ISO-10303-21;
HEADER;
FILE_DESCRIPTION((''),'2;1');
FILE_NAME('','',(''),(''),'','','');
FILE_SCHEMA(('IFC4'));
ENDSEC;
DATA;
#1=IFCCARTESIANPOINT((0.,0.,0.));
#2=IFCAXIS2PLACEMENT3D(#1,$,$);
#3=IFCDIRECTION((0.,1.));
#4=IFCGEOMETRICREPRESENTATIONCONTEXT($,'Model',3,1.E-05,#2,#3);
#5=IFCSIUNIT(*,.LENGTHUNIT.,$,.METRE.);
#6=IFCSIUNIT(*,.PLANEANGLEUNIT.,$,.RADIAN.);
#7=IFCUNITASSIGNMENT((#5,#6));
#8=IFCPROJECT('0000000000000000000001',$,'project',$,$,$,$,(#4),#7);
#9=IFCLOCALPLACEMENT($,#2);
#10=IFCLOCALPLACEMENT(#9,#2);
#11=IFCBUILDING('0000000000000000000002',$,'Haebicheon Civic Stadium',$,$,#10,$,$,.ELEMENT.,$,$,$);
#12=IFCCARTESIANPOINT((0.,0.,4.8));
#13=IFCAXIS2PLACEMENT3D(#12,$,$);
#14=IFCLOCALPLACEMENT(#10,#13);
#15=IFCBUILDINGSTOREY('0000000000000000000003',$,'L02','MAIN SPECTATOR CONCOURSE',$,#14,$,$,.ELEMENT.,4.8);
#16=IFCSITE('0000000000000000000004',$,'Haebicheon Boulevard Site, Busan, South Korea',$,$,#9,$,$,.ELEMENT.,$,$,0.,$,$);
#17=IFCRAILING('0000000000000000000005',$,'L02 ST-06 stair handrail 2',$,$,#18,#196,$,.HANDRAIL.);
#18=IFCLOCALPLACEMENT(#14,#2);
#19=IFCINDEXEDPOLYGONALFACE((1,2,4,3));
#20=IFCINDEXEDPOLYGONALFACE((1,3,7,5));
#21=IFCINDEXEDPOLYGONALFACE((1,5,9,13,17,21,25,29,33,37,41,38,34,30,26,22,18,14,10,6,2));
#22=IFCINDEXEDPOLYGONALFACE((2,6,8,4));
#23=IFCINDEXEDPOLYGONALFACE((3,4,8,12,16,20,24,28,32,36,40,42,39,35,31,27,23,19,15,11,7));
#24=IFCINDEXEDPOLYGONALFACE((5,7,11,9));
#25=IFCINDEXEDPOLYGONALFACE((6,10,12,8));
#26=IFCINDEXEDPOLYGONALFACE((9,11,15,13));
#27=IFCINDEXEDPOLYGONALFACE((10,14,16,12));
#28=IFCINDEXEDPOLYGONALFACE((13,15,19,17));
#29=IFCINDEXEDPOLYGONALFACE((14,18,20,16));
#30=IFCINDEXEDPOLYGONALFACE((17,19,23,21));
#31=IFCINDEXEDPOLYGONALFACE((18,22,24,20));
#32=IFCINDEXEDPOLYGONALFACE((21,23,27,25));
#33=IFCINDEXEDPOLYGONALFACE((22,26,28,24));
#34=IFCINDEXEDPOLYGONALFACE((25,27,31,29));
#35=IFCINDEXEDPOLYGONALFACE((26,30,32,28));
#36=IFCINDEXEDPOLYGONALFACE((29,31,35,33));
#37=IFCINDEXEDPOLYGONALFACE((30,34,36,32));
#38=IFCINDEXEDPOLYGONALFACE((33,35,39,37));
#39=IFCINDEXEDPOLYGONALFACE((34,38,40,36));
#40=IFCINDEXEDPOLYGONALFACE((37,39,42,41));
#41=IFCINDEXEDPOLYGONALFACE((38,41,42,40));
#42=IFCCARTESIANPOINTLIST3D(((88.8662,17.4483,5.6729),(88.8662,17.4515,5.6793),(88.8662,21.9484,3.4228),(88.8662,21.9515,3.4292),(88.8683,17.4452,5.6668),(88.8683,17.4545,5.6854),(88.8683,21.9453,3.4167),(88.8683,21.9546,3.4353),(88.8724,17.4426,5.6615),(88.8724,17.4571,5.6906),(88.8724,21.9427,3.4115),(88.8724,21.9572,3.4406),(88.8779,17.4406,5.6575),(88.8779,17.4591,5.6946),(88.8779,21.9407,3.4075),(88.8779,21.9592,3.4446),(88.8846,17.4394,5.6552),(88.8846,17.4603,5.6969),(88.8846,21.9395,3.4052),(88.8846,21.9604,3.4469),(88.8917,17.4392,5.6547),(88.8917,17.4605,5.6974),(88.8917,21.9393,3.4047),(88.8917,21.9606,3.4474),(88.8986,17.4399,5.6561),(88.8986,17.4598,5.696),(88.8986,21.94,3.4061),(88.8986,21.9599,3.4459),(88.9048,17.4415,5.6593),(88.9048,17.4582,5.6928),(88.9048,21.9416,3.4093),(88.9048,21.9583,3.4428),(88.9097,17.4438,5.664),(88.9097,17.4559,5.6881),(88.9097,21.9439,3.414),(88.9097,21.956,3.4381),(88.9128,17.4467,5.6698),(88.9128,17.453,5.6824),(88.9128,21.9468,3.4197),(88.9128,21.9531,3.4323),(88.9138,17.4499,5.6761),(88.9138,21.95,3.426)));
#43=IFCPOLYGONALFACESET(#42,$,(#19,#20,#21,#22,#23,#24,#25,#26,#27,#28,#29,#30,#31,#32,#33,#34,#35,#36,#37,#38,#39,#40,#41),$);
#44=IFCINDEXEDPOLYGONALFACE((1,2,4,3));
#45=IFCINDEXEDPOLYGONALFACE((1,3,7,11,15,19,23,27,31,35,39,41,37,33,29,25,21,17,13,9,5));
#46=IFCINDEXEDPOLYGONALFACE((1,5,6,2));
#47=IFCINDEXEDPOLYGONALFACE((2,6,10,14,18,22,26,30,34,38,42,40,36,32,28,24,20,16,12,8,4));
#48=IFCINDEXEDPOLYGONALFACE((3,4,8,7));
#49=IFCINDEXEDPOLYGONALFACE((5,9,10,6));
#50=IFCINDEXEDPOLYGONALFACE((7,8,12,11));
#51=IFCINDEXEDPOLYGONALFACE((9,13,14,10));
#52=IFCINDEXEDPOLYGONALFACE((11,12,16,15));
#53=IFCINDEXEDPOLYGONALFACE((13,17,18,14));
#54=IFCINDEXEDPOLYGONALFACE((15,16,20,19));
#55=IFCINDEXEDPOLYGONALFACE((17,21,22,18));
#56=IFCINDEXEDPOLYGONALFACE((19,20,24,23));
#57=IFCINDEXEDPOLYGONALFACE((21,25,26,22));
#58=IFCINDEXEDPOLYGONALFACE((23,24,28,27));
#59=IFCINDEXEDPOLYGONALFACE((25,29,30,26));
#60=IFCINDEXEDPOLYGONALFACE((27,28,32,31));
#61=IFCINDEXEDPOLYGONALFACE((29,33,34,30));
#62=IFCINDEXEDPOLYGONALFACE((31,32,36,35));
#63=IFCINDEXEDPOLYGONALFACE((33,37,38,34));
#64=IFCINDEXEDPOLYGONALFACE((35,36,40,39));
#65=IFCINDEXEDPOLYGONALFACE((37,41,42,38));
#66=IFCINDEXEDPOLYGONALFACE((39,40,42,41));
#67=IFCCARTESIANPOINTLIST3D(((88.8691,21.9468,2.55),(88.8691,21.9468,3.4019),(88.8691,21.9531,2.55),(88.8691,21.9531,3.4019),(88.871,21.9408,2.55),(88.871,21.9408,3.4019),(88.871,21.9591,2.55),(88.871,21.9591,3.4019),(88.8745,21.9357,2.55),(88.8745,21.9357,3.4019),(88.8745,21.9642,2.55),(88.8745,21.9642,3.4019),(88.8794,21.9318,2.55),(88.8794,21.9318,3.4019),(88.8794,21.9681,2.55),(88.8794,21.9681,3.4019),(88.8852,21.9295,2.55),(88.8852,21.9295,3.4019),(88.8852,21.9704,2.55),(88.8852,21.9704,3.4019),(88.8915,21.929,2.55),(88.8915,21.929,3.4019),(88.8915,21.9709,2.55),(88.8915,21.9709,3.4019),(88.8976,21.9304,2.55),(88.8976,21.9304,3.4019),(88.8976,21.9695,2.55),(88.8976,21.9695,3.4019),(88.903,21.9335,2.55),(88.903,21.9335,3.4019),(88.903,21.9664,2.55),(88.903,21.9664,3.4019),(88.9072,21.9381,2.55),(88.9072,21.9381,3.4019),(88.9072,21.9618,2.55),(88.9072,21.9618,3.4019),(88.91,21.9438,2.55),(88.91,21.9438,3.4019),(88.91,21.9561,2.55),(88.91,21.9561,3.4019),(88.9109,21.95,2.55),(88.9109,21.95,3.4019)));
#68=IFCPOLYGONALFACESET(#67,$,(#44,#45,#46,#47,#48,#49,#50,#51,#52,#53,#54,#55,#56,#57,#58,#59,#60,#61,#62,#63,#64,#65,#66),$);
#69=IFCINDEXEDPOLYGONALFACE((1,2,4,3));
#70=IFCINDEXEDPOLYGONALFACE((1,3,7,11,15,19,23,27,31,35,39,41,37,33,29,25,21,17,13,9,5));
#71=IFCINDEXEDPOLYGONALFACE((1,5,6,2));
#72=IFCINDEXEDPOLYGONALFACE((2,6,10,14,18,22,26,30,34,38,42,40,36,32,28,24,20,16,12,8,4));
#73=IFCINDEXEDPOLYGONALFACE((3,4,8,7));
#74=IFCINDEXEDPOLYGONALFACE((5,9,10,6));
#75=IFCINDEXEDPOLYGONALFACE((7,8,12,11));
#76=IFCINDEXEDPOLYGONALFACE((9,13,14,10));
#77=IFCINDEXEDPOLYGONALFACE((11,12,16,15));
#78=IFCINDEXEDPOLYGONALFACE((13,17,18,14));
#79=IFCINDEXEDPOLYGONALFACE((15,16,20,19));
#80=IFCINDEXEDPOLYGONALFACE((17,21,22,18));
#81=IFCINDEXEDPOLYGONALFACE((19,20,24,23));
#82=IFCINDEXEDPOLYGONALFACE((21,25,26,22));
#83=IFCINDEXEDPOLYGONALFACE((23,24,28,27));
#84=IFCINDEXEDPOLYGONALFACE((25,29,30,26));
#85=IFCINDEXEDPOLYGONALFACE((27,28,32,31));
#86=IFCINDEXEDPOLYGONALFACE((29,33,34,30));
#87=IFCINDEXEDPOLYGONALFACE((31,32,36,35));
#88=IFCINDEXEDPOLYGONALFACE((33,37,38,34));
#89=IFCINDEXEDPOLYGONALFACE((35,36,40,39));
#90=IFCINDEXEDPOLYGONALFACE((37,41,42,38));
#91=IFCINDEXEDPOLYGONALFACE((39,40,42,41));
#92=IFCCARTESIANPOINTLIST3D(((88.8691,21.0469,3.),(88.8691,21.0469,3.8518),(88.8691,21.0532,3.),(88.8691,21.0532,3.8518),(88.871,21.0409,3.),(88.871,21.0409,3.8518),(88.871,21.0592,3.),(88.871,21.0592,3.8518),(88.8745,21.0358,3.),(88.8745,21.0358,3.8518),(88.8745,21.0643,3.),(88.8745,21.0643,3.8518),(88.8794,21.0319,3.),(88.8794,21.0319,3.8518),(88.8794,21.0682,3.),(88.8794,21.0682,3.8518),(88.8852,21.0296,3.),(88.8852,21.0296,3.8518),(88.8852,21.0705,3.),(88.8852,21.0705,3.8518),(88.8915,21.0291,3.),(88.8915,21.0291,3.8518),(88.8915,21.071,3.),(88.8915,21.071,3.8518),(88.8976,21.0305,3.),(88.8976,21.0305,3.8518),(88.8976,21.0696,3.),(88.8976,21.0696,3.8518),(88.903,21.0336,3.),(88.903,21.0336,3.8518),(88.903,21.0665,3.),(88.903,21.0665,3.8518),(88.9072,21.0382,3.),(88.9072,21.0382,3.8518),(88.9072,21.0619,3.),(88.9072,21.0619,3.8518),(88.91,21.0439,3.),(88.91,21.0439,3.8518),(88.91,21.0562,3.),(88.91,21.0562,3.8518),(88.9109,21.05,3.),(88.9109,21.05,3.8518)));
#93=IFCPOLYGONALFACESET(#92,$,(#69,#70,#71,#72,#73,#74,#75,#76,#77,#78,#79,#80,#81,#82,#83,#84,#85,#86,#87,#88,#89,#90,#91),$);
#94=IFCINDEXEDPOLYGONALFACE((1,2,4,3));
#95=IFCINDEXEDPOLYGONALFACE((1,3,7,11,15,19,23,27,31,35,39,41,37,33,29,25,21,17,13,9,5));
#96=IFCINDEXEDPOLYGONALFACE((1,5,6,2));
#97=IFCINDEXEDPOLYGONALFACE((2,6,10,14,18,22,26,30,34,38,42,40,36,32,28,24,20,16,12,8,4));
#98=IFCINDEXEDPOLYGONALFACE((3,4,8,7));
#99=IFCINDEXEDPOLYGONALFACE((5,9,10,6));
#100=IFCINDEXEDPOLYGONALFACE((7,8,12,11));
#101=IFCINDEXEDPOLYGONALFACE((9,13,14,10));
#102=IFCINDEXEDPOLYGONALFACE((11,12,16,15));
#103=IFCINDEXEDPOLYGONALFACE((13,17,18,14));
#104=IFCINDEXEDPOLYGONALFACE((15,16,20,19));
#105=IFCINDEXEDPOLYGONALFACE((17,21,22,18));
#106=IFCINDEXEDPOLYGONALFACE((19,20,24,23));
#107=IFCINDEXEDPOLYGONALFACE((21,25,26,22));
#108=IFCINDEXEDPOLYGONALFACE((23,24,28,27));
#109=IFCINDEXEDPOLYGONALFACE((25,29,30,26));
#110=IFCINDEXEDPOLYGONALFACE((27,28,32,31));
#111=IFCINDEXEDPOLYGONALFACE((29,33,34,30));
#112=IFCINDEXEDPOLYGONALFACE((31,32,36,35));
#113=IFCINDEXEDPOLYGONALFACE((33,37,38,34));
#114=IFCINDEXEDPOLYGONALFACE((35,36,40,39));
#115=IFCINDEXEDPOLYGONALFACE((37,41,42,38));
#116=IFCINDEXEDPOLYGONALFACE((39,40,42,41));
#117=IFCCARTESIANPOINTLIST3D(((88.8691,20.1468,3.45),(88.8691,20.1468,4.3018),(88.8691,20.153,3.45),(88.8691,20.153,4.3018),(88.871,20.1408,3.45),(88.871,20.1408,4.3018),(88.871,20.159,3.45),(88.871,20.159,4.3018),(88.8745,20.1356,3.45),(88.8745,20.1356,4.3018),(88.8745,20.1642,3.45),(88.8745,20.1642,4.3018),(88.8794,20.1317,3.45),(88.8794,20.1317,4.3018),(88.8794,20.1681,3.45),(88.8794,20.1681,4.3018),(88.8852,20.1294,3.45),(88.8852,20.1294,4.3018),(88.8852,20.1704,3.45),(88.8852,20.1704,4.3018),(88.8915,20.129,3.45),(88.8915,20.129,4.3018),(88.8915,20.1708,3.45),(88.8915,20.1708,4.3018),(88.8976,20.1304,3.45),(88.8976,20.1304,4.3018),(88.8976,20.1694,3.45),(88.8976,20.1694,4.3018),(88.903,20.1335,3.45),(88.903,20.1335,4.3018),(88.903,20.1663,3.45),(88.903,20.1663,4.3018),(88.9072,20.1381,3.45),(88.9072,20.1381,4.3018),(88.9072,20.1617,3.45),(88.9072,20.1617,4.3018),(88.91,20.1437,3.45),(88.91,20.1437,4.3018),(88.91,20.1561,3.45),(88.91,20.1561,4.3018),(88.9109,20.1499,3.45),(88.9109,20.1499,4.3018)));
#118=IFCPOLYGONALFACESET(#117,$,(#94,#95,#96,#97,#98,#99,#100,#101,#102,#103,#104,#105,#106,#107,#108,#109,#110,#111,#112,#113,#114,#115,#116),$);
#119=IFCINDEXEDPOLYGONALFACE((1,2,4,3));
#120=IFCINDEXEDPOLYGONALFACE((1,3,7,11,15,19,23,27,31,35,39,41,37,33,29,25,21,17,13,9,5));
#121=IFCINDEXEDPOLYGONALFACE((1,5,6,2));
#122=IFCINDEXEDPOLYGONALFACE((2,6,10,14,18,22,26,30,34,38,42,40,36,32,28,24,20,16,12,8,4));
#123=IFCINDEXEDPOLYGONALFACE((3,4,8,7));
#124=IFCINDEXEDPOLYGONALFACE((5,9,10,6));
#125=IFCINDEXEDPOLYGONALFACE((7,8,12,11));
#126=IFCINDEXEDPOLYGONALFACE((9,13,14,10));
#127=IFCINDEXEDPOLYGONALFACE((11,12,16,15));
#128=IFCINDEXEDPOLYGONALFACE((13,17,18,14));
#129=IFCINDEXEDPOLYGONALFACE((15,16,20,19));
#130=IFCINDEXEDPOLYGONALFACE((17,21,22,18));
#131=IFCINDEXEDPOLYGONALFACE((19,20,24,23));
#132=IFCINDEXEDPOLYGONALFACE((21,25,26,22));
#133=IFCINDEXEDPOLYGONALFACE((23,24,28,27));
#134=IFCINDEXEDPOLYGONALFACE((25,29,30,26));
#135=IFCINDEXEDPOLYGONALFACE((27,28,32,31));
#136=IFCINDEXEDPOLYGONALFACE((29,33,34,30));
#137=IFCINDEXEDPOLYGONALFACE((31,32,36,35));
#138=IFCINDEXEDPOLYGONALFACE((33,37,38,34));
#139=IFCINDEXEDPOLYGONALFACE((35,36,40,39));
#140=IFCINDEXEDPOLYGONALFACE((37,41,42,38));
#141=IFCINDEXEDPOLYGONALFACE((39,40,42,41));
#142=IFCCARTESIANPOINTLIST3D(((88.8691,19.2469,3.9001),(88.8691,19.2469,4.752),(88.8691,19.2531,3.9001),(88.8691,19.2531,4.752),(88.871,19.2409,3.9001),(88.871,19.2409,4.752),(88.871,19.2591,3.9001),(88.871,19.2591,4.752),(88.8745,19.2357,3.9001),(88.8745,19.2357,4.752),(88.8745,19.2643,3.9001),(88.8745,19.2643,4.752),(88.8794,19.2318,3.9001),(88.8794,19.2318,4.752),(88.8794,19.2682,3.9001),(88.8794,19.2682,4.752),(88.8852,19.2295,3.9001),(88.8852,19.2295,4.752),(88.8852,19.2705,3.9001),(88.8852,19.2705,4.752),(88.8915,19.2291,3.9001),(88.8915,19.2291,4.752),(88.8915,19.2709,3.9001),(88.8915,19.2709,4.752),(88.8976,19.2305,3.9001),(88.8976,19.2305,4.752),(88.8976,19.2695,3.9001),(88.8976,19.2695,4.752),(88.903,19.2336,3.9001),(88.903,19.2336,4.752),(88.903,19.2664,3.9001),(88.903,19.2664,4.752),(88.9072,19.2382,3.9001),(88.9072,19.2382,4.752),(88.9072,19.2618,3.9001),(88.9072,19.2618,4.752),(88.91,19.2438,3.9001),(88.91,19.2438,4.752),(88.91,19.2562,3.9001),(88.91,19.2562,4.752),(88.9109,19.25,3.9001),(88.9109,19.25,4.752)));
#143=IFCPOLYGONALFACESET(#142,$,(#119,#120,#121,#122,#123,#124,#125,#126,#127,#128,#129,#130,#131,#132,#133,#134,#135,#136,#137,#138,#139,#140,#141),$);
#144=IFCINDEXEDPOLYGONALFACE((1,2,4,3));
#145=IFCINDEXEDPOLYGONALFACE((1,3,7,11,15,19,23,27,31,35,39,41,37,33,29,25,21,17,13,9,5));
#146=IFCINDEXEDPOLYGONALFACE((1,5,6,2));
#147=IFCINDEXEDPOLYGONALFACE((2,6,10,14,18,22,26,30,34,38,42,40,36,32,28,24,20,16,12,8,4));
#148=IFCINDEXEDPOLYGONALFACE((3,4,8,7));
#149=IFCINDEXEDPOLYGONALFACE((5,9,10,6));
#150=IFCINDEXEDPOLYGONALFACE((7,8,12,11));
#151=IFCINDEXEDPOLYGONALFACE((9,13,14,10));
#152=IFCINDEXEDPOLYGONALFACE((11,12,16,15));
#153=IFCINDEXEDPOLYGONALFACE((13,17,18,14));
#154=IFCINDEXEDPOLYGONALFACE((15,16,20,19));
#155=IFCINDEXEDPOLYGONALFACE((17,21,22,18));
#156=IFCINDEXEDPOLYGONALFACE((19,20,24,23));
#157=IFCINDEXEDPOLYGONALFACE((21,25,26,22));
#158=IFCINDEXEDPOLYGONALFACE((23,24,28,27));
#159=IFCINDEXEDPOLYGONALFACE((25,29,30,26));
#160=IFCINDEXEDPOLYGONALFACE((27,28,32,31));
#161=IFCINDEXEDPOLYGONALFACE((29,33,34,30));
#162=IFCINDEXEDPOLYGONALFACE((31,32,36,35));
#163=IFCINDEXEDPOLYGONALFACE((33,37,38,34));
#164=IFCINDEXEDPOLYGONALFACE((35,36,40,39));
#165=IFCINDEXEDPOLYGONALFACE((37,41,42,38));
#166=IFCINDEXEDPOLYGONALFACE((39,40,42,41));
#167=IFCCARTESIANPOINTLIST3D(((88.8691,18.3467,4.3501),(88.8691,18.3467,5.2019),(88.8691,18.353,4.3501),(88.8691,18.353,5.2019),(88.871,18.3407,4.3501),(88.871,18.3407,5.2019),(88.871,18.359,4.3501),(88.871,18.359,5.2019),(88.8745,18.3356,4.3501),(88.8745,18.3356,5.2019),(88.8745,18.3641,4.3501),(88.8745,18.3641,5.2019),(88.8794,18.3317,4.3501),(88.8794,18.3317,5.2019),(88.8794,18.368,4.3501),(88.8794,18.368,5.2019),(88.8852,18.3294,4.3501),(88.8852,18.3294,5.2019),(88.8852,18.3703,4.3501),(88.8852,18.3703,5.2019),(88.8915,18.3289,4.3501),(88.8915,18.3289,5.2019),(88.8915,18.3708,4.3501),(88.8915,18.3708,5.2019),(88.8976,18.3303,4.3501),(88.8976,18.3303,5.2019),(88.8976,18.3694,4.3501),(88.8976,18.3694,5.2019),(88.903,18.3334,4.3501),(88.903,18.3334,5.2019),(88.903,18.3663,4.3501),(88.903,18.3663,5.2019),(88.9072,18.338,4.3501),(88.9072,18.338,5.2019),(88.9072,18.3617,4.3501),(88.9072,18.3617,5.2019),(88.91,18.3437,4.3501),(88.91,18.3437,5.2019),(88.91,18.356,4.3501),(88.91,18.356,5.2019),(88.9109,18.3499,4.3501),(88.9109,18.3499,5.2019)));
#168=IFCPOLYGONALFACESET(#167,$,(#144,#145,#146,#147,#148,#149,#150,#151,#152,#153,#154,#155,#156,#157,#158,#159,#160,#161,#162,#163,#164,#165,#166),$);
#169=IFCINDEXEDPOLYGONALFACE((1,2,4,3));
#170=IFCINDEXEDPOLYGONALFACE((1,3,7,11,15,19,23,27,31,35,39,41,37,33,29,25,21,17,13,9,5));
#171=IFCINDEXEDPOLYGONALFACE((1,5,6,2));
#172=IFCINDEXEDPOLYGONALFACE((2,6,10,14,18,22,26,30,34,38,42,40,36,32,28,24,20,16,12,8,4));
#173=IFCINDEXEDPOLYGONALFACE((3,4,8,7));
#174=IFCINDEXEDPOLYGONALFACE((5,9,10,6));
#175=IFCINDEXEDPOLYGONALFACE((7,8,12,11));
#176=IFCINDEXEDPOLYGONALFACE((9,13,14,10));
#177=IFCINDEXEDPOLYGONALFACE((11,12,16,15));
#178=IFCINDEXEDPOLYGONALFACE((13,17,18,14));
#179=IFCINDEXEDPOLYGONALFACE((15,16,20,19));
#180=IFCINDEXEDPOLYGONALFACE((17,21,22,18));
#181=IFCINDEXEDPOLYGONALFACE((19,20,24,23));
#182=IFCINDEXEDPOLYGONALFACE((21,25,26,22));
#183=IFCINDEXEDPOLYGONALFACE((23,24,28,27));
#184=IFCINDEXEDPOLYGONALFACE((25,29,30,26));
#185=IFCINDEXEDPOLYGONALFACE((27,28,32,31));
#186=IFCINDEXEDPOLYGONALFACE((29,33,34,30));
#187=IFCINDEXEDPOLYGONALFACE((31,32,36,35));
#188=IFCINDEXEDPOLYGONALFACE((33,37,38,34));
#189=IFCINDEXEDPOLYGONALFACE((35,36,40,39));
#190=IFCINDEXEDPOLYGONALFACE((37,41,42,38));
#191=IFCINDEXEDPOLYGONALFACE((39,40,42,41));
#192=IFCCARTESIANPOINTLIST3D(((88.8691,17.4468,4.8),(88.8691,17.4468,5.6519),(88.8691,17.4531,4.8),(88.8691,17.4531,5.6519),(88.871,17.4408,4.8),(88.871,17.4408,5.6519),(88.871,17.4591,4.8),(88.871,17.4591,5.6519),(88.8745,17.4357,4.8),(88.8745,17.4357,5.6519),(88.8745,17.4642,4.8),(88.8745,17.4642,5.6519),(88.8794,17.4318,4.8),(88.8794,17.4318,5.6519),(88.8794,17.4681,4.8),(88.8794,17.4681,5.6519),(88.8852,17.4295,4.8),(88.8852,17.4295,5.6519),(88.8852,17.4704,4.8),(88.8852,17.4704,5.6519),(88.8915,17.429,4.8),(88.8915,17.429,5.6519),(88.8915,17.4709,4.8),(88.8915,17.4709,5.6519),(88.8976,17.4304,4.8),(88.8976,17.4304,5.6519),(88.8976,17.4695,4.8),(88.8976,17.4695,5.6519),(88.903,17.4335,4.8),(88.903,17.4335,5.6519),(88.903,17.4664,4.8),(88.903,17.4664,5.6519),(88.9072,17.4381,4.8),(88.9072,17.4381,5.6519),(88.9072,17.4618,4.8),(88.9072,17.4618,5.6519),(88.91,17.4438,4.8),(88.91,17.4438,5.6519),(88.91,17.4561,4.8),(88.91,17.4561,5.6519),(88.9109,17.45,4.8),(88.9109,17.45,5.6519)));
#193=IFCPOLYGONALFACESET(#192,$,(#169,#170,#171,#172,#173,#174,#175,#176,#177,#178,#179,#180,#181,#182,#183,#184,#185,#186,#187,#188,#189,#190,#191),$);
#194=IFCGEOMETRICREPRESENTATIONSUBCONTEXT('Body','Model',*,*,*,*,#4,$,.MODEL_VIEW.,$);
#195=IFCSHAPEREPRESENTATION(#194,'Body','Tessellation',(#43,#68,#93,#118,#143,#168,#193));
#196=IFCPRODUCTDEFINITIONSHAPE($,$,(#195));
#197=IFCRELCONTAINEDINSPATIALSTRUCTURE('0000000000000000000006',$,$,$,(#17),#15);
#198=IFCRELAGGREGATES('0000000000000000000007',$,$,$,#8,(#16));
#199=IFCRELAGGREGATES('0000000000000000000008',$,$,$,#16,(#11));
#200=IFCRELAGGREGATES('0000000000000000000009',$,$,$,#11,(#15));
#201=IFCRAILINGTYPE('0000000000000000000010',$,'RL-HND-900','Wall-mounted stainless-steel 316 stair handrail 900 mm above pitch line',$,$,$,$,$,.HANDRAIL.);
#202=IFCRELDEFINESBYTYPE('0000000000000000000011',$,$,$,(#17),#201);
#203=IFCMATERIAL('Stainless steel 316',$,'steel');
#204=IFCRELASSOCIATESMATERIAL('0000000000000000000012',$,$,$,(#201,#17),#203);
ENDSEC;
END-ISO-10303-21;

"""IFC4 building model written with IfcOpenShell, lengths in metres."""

from ifc_helpers import new_model, si_unit, direction, frame, origin, origin_2d, place, context, subcontext, project, spatial, circle, extrude, material, type_object, element, save


model = new_model("IFC4")

# Units and contexts
model_context = context("Model", 3, precision=1e-05, world=origin(), true_north=direction((0.0, 1.0)))
body_context = subcontext(model_context, "Body", "Model", "MODEL_VIEW")
ifc_project = project(units=[si_unit("LENGTHUNIT", "METRE"), si_unit("PLANEANGLEUNIT", "RADIAN")], contexts=[model_context])

# Site, building, storey
site_placement = place(None, origin())
site = spatial("IfcSite", under=ifc_project, at=site_placement, Name="Haebicheon Boulevard Site, Busan, South Korea", CompositionType="ELEMENT", RefElevation=0.0)
building_placement = place(site_placement, origin())
building = spatial("IfcBuilding", under=site, at=building_placement, Name="Haebicheon Civic Stadium", CompositionType="ELEMENT")
storey_placement = place(building_placement, frame((0.0, 0.0, 4.8)))
storey = spatial("IfcBuildingStorey", under=building, at=storey_placement, Name="L02", Description="MAIN SPECTATOR CONCOURSE", CompositionType="ELEMENT", Elevation=4.8)

# Railing
ifc_material_1 = material(Name="Stainless steel 316", Category="steel")
railing_type_1 = type_object("IfcRailingType", Name="RL-HND-900", Description="Wall-mounted stainless-steel 316 stair handrail 900 mm above pitch line", PredefinedType="HANDRAIL", material=ifc_material_1)
railing_1_placement = place(storey_placement, frame((88.8899, 21.95, 2.55)))
element("IfcRailing", 1, at=railing_1_placement, inside=storey, type_object=railing_type_1, material=ifc_material_1, Name="L02 ST-06 stair handrail 2", PredefinedType="HANDRAIL", context=body_context, shape_type="SweptSolid", body=[
    extrude(circle(Radius=0.0239, at=origin_2d()), frame((0.0, 0.0, 0.876), z_axis=(0.0, -0.894427, 0.447214), x_axis=(1.0, 0.0, 0.0)), (0.0, 0.0, 1.0), 5.0312),
    extrude(circle(Radius=0.021, at=origin_2d()), origin(), (0.0, 0.0, 1.0), 0.8518),
    extrude(circle(Radius=0.021, at=origin_2d()), frame((0.0, -0.8999, 0.45)), (0.0, 0.0, 1.0), 0.8518),
    extrude(circle(Radius=0.021, at=origin_2d()), frame((0.0, -1.8, 0.8999)), (0.0, 0.0, 1.0), 0.8518),
    extrude(circle(Radius=0.021, at=origin_2d()), frame((0.0, -2.7, 1.3501)), (0.0, 0.0, 1.0), 0.8518),
    extrude(circle(Radius=0.021, at=origin_2d()), frame((0.0, -3.6001, 1.8)), (0.0, 0.0, 1.0), 0.8518),
    extrude(circle(Radius=0.021, at=origin_2d()), frame((0.0, -4.5, 2.25)), (0.0, 0.0, 1.0), 0.8518),
])

save(model, "model.ifc")
